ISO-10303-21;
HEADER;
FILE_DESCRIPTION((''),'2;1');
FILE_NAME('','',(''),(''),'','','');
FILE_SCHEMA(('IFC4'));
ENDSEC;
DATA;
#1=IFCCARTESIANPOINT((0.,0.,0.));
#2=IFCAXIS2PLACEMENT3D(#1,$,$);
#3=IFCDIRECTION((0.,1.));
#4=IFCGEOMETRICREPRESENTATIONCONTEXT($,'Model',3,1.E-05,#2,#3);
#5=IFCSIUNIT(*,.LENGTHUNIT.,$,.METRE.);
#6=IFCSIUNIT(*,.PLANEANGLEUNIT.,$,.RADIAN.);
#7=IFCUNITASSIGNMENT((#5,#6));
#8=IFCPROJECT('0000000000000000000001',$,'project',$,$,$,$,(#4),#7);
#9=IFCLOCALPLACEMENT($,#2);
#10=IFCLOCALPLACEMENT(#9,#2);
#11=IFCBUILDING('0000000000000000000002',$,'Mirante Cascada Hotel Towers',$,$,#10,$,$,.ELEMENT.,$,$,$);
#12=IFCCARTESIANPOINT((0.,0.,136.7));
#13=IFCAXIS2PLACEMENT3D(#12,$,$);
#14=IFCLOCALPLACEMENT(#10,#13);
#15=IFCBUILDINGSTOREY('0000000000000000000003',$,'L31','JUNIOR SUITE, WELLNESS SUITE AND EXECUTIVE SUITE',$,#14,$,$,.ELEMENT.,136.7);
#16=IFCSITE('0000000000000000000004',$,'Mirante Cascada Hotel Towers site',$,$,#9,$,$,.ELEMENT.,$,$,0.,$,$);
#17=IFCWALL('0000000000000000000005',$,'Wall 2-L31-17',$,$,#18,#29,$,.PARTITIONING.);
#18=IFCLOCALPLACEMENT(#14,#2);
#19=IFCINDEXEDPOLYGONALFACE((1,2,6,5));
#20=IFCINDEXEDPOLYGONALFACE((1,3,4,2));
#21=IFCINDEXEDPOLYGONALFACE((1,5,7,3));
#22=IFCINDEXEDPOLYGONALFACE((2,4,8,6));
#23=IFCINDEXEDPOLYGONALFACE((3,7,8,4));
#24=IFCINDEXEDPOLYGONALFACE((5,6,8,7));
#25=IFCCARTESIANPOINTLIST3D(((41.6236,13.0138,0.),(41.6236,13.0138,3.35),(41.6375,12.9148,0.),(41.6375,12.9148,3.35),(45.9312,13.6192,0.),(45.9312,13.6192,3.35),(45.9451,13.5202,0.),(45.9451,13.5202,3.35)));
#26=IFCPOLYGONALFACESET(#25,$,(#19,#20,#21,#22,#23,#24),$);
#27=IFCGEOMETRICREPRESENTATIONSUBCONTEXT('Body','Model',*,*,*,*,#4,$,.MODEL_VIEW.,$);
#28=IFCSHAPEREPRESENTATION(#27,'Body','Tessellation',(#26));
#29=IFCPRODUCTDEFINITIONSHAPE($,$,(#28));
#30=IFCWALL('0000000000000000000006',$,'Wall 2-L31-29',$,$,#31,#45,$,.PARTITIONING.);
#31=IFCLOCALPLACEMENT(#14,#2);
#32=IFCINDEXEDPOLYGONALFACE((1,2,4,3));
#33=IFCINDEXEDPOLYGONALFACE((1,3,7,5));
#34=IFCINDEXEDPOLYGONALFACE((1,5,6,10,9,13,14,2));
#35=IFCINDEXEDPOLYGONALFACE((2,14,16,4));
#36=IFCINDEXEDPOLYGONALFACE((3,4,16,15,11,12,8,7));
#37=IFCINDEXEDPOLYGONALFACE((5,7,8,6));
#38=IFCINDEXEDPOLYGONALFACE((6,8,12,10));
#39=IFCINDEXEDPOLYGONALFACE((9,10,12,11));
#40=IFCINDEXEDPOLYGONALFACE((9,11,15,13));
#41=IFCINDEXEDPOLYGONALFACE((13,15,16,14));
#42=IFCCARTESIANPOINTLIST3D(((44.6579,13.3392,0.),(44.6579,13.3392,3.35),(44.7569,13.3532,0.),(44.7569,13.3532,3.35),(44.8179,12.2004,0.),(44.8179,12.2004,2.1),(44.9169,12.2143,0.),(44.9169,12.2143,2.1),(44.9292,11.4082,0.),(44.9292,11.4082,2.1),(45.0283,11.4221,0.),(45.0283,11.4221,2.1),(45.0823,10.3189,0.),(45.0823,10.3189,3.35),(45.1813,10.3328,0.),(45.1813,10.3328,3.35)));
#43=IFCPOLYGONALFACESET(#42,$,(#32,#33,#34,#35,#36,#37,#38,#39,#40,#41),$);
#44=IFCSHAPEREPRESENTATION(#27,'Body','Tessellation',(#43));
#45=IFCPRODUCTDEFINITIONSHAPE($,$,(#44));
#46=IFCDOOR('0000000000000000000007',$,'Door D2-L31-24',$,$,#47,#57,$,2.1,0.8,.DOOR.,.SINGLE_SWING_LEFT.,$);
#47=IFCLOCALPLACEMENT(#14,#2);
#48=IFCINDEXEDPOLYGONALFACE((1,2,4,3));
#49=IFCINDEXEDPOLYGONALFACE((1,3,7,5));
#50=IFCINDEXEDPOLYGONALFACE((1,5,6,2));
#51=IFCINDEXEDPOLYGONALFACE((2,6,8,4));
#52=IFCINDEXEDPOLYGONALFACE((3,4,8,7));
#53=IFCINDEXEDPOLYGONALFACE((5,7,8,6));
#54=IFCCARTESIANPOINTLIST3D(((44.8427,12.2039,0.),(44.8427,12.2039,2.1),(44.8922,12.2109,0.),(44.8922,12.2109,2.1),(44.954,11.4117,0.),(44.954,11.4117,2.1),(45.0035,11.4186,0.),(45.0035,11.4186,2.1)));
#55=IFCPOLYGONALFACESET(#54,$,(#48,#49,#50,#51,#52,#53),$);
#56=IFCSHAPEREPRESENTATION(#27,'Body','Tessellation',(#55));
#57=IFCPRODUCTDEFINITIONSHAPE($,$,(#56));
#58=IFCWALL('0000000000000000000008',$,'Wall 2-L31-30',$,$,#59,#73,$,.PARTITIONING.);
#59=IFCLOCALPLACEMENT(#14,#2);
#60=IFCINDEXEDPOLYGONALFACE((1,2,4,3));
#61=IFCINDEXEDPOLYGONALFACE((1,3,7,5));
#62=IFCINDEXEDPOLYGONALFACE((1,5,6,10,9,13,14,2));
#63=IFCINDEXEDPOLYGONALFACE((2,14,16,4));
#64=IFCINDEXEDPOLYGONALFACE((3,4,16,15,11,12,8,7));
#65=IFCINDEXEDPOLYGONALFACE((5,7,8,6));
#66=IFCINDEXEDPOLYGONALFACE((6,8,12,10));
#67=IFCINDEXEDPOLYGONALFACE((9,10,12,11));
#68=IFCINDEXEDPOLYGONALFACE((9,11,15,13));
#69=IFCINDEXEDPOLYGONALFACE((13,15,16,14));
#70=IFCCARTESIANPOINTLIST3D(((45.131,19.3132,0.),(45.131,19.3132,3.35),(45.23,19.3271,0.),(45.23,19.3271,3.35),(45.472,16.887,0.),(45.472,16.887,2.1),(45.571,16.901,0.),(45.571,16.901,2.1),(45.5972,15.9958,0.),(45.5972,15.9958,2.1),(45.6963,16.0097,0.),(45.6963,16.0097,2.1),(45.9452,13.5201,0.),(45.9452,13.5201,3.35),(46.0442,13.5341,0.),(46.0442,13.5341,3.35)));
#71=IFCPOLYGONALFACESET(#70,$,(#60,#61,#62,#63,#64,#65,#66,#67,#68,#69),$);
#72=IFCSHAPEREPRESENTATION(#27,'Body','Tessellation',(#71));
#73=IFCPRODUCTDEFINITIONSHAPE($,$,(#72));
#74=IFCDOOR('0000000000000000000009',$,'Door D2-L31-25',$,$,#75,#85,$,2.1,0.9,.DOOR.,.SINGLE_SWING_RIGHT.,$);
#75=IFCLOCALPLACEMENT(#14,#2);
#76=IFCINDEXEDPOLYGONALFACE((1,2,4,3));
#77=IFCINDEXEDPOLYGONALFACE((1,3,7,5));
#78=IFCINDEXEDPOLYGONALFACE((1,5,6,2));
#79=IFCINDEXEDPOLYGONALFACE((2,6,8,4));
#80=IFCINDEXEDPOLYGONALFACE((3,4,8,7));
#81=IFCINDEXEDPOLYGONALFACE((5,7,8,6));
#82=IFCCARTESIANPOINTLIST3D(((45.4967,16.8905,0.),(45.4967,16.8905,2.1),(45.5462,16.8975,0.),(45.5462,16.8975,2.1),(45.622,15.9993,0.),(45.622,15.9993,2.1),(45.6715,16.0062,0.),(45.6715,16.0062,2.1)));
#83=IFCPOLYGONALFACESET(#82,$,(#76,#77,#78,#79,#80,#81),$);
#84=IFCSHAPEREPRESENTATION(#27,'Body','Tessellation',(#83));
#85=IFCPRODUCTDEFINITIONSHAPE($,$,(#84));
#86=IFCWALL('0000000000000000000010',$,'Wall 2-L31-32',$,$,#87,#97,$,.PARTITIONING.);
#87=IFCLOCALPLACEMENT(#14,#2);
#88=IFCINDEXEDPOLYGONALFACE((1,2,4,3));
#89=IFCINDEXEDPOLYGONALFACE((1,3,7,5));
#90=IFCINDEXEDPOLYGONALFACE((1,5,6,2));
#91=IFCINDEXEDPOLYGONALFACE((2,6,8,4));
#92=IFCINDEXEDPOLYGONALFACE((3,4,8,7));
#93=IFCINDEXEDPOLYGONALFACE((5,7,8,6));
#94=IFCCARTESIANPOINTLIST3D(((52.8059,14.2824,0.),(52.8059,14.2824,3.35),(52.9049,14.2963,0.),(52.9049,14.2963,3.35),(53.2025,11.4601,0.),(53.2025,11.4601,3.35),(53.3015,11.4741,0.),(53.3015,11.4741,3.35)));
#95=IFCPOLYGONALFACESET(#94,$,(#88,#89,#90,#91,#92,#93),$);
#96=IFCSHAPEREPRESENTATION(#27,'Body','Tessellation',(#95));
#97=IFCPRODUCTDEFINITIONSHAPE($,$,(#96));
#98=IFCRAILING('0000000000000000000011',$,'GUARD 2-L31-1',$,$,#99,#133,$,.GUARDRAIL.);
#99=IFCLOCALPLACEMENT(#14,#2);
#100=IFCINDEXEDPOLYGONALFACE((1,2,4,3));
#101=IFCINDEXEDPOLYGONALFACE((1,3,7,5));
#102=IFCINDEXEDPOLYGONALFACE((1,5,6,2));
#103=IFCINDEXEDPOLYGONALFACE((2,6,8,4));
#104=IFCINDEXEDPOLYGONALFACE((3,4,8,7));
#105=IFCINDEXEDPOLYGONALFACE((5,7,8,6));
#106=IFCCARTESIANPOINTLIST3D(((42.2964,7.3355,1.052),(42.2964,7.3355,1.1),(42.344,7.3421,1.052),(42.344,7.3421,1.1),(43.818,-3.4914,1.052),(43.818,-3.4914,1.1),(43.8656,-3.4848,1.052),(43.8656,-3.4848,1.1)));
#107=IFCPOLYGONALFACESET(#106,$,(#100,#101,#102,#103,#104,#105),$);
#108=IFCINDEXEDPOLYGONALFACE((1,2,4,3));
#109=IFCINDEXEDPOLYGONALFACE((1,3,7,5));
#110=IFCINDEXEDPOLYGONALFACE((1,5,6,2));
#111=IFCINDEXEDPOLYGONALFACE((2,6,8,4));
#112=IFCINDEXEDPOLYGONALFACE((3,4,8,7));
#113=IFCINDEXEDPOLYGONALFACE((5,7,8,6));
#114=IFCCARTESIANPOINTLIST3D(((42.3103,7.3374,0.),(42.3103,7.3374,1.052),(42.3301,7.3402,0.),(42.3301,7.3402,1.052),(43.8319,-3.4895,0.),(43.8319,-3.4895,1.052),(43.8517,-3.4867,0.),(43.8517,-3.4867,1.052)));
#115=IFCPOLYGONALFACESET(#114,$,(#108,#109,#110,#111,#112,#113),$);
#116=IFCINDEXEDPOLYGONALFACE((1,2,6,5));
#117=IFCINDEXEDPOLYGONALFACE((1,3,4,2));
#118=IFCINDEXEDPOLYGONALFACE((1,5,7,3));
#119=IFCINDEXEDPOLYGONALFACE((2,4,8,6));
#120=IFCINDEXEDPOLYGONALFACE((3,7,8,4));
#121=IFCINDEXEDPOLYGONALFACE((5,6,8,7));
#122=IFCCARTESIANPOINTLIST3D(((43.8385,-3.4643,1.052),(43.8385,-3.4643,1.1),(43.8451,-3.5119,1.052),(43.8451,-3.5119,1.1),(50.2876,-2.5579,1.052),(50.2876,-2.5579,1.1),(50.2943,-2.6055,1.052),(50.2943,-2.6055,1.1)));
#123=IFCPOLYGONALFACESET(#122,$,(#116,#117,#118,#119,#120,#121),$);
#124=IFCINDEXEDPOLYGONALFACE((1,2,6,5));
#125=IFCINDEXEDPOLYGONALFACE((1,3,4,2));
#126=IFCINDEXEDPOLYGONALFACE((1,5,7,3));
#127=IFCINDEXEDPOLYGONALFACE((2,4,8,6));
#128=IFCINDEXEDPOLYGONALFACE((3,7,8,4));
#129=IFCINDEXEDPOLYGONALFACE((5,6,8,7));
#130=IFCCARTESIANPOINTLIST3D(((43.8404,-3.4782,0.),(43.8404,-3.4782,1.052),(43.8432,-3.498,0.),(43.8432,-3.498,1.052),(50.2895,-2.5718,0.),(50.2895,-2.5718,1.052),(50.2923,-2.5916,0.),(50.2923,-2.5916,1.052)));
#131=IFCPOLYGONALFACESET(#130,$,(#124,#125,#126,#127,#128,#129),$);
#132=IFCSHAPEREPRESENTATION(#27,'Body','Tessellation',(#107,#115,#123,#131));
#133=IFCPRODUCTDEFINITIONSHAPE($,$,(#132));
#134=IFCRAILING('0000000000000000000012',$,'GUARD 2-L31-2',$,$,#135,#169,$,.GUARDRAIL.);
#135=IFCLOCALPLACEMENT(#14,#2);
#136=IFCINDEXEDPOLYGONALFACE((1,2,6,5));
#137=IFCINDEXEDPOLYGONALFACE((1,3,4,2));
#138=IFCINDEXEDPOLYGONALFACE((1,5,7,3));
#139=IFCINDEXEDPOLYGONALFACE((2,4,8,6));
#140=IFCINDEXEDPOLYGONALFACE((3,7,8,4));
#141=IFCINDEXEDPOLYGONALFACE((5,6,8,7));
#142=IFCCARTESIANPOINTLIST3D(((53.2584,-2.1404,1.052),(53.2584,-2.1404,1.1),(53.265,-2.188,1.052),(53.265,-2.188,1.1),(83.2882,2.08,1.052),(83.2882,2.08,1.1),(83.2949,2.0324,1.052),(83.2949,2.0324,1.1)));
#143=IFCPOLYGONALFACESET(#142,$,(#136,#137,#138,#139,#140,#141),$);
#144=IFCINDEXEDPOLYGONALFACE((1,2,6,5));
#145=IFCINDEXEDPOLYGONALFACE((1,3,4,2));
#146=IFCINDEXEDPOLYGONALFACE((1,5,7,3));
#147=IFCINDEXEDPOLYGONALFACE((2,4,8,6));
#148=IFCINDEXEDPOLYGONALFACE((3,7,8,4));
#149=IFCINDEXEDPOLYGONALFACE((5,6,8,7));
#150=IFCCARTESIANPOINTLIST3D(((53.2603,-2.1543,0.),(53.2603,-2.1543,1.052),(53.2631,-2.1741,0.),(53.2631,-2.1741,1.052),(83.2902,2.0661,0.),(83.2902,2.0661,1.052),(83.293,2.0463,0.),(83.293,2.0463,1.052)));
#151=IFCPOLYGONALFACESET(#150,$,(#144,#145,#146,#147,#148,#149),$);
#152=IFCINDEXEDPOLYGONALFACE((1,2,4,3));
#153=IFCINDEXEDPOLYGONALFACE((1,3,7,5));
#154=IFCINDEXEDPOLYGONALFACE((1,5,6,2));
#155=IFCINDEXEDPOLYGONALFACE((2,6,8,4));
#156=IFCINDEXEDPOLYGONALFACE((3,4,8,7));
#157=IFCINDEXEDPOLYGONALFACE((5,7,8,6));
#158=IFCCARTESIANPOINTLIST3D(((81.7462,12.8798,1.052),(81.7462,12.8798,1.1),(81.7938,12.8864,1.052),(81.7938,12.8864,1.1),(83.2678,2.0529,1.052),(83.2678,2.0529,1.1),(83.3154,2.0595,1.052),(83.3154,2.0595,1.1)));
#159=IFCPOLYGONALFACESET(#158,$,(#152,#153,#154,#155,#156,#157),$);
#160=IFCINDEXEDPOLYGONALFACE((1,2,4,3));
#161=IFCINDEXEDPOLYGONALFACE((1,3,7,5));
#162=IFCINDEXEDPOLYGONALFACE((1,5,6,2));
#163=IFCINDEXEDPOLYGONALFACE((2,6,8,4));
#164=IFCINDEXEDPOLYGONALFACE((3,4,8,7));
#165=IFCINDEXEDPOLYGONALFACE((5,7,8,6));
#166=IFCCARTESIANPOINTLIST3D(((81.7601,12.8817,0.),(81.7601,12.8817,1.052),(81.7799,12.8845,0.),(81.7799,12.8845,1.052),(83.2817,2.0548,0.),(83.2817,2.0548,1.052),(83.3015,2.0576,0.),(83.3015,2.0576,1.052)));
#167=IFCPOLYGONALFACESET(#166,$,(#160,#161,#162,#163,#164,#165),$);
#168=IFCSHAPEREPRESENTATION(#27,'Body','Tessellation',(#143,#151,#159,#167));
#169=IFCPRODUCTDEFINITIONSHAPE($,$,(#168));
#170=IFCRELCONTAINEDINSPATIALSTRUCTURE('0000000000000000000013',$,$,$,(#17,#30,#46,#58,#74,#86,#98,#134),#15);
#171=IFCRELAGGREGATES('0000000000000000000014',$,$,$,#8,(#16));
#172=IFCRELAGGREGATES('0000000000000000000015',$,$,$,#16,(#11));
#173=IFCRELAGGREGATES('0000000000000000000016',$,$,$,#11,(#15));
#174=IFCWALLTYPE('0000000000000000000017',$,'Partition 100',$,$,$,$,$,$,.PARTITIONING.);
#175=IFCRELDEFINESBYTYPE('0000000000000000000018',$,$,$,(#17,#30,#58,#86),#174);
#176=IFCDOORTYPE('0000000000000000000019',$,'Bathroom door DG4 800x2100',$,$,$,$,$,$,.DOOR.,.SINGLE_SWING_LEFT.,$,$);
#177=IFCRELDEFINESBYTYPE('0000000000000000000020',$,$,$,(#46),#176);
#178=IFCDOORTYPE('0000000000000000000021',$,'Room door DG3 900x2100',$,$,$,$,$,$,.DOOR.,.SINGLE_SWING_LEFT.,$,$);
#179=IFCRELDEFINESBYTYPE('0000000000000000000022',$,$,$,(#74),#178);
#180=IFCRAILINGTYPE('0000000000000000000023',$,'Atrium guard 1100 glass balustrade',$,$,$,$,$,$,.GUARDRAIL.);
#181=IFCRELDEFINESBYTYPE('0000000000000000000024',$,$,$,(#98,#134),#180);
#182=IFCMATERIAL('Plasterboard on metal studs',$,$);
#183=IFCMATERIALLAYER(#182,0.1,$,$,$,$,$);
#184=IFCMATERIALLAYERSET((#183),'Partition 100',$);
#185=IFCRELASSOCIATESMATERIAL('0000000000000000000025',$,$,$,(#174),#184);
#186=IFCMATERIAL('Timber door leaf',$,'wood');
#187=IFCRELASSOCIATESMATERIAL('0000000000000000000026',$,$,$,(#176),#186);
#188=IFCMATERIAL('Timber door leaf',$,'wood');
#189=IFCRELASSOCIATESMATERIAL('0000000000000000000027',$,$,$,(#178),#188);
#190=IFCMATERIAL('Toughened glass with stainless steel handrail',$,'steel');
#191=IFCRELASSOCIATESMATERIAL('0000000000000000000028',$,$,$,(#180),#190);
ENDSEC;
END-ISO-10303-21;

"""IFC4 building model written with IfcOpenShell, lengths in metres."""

from ifc_helpers import new_model, si_unit, direction, frame, frame_2d, origin, origin_2d, place, context, subcontext, project, spatial, rectangle, extrude, material, layer, layer_set, type_object, element, fill, save


model = new_model("IFC4")

# Units and contexts
model_context = context("Model", 3, precision=1e-05, world=origin(), true_north=direction((0.0, 1.0)))
body_context = subcontext(model_context, "Body", "Model", "MODEL_VIEW")
ifc_project = project(units=[si_unit("LENGTHUNIT", "METRE"), si_unit("PLANEANGLEUNIT", "RADIAN")], contexts=[model_context])

# Site, building, storey
site_placement = place(None, origin())
site = spatial("IfcSite", under=ifc_project, at=site_placement, Name="Mirante Cascada Hotel Towers site", CompositionType="ELEMENT", RefElevation=0.0)
building_placement = place(site_placement, origin())
building = spatial("IfcBuilding", under=site, at=building_placement, Name="Mirante Cascada Hotel Towers", CompositionType="ELEMENT")
storey_placement = place(building_placement, frame((0.0, 0.0, 136.7)))
storey = spatial("IfcBuildingStorey", under=building, at=storey_placement, Name="L31", Description="JUNIOR SUITE, WELLNESS SUITE AND EXECUTIVE SUITE", CompositionType="ELEMENT", Elevation=136.7)

# Wall
ifc_material_1 = material(Name="Plasterboard on metal studs")
ifc_layer_1 = layer(ifc_material_1, 0.1)
ifc_layer_set_1 = layer_set([ifc_layer_1], Name="Partition 100")
wall_type_1 = type_object("IfcWallType", Name="Partition 100", PredefinedType="PARTITIONING", material=ifc_layer_set_1)
wall_1_placement = place(storey_placement, frame((45.9382, 13.5697, 0.0), z_axis=(0.0, 0.0, 1.0), x_axis=(-0.990268, -0.139175, 0.0)))
element("IfcWall", 1, at=wall_1_placement, inside=storey, type_object=wall_type_1, Name="Wall 2-L31-17", PredefinedType="PARTITIONING", context=body_context, shape_type="SweptSolid", body=[
    extrude(rectangle(XDim=4.3499, YDim=0.1, at=frame_2d((2.175, 0.0))), origin(), (0.0, 0.0, 1.0), 3.35),
])

# Walls, openings, doors
wall_2_placement = place(storey_placement, frame((44.7074, 13.3462, 0.0), z_axis=(0.0, 0.0, 1.0), x_axis=(0.139149, -0.990271, 0.0)))
wall_2 = element("IfcWall", 2, at=wall_2_placement, inside=storey, type_object=wall_type_1, Name="Wall 2-L31-29", PredefinedType="PARTITIONING", context=body_context, shape_type="SweptSolid", body=[
    extrude(rectangle(XDim=3.05, YDim=0.1, at=frame_2d((1.525, 0.0))), origin(), (0.0, 0.0, 1.0), 3.35),
])
opening_1_placement = place(wall_2_placement, frame((1.15, 0.0, 0.0)))
opening_1 = element("IfcOpeningElement", 3, at=opening_1_placement, cuts=wall_2, PredefinedType="OPENING", context=body_context, shape_type="SweptSolid", body=[
    extrude(rectangle(XDim=0.8, YDim=2.1, at=frame_2d((0.4, 1.05))), frame((0.0, 0.05, 0.0), z_axis=(0.0, -1.0, 0.0), x_axis=(1.0, 0.0, 0.0)), (0.0, 0.0, 1.0), 0.1),
])
ifc_material_2 = material(Name="Timber door leaf", Category="wood")
door_type_1 = type_object("IfcDoorType", Name="Bathroom door DG4 800x2100", OperationType="SINGLE_SWING_LEFT", PredefinedType="DOOR", material=ifc_material_2)
door_1_placement = place(opening_1_placement, origin())
door_1 = element("IfcDoor", 4, at=door_1_placement, inside=storey, type_object=door_type_1, Name="Door D2-L31-24", OperationType="SINGLE_SWING_LEFT", OverallHeight=2.1, OverallWidth=0.8, PredefinedType="DOOR", context=body_context, shape_type="SweptSolid", body=[
    extrude(rectangle(XDim=0.8, YDim=2.1, at=frame_2d((0.4, 1.05))), frame((0.0, 0.025, 0.0), z_axis=(0.0, -1.0, 0.0), x_axis=(1.0, 0.0, 0.0)), (0.0, 0.0, 1.0), 0.05),
])
fill(opening_1, door_1)
wall_3_placement = place(storey_placement, frame((45.9947, 13.5271, 0.0), z_axis=(0.0, 0.0, 1.0), x_axis=(-0.139179, 0.990267, 0.0)))
wall_3 = element("IfcWall", 5, at=wall_3_placement, inside=storey, type_object=wall_type_1, Name="Wall 2-L31-30", PredefinedType="PARTITIONING", context=body_context, shape_type="SweptSolid", body=[
    extrude(rectangle(XDim=5.85, YDim=0.1, at=frame_2d((2.925, 0.0))), origin(), (0.0, 0.0, 1.0), 3.35),
])
opening_2_placement = place(wall_3_placement, frame((2.5, 0.0, 0.0)))
opening_2 = element("IfcOpeningElement", 6, at=opening_2_placement, cuts=wall_3, PredefinedType="OPENING", context=body_context, shape_type="SweptSolid", body=[
    extrude(rectangle(XDim=0.9, YDim=2.1, at=frame_2d((0.45, 1.05))), frame((0.0, 0.05, 0.0), z_axis=(0.0, -1.0, 0.0), x_axis=(1.0, 0.0, 0.0)), (0.0, 0.0, 1.0), 0.1),
])
ifc_material_3 = material(Name="Timber door leaf", Category="wood")
door_type_2 = type_object("IfcDoorType", Name="Room door DG3 900x2100", OperationType="SINGLE_SWING_LEFT", PredefinedType="DOOR", material=ifc_material_3)
door_2_placement = place(opening_2_placement, frame((0.9, 0.0, 0.0), z_axis=(0.0, 0.0, 1.0), x_axis=(-1.0, 0.0, 0.0)))
door_2 = element("IfcDoor", 7, at=door_2_placement, inside=storey, type_object=door_type_2, Name="Door D2-L31-25", OperationType="SINGLE_SWING_RIGHT", OverallHeight=2.1, OverallWidth=0.9, PredefinedType="DOOR", context=body_context, shape_type="SweptSolid", body=[
    extrude(rectangle(XDim=0.9, YDim=2.1, at=frame_2d((0.45, 1.05))), frame((0.0, 0.025, 0.0), z_axis=(0.0, -1.0, 0.0), x_axis=(1.0, 0.0, 0.0)), (0.0, 0.0, 1.0), 0.05),
])
fill(opening_2, door_2)

# Wall
wall_4_placement = place(storey_placement, frame((53.252, 11.4671, 0.0), z_axis=(0.0, 0.0, 1.0), x_axis=(-0.139156, 0.99027, 0.0)))
element("IfcWall", 8, at=wall_4_placement, inside=storey, type_object=wall_type_1, Name="Wall 2-L31-32", PredefinedType="PARTITIONING", context=body_context, shape_type="SweptSolid", body=[
    extrude(rectangle(XDim=2.85, YDim=0.1, at=frame_2d((1.425, 0.0))), origin(), (0.0, 0.0, 1.0), 3.35),
])

# Railings
ifc_material_4 = material(Name="Toughened glass with stainless steel handrail", Category="steel")
railing_type = type_object("IfcRailingType", Name="Atrium guard 1100 glass balustrade", PredefinedType="GUARDRAIL", material=ifc_material_4)
railing_1_placement = place(storey_placement, frame((42.3202, 7.3388, 0.0)))
element("IfcRailing", 9, at=railing_1_placement, inside=storey, type_object=railing_type, Name="GUARD 2-L31-1", PredefinedType="GUARDRAIL", context=body_context, shape_type="SweptSolid", body=[
    extrude(rectangle(XDim=0.048, YDim=0.048, at=origin_2d()), frame((0.0, 0.0, 1.076), z_axis=(0.139171, -0.990268, 0.0), x_axis=(0.990268, 0.139171, 0.0)), (0.0, 0.0, 1.0), 10.9333),
    extrude(rectangle(XDim=0.02, YDim=1.052, at=origin_2d()), frame((0.0, 0.0, 0.526), z_axis=(0.139171, -0.990268, 0.0), x_axis=(0.990268, 0.139171, 0.0)), (0.0, 0.0, 1.0), 10.9333),
    extrude(rectangle(XDim=0.048, YDim=0.048, at=origin_2d()), frame((1.5216, -10.8269, 1.076), z_axis=(0.990267, 0.139179, 0.0), x_axis=(-0.139179, 0.990267, 0.0)), (0.0, 0.0, 1.0), 6.5125),
    extrude(rectangle(XDim=0.02, YDim=1.052, at=origin_2d()), frame((1.5216, -10.8269, 0.526), z_axis=(0.990267, 0.139179, 0.0), x_axis=(-0.139179, 0.990267, 0.0)), (0.0, 0.0, 1.0), 6.5125),
])
railing_2_placement = place(storey_placement, frame((53.2617, -2.1642, 0.0)))
element("IfcRailing", 10, at=railing_2_placement, inside=storey, type_object=railing_type, Name="GUARD 2-L31-2", PredefinedType="GUARDRAIL", context=body_context, shape_type="SweptSolid", body=[
    extrude(rectangle(XDim=0.048, YDim=0.048, at=origin_2d()), frame((0.0, 0.0, 1.076), z_axis=(0.990268, 0.139172, 0.0), x_axis=(-0.139172, 0.990268, 0.0)), (0.0, 0.0, 1.0), 30.325),
    extrude(rectangle(XDim=0.02, YDim=1.052, at=origin_2d()), frame((0.0, 0.0, 0.526), z_axis=(0.990268, 0.139172, 0.0), x_axis=(-0.139172, 0.990268, 0.0)), (0.0, 0.0, 1.0), 30.325),
    extrude(rectangle(XDim=0.048, YDim=0.048, at=origin_2d()), frame((30.0299, 4.2204, 1.076), z_axis=(-0.139171, 0.990268, 0.0), x_axis=(-0.990268, -0.139171, 0.0)), (0.0, 0.0, 1.0), 10.9333),
    extrude(rectangle(XDim=0.02, YDim=1.052, at=origin_2d()), frame((30.0299, 4.2204, 0.526), z_axis=(-0.139171, 0.990268, 0.0), x_axis=(-0.990268, -0.139171, 0.0)), (0.0, 0.0, 1.0), 10.9333),
])

save(model, "model.ifc")
